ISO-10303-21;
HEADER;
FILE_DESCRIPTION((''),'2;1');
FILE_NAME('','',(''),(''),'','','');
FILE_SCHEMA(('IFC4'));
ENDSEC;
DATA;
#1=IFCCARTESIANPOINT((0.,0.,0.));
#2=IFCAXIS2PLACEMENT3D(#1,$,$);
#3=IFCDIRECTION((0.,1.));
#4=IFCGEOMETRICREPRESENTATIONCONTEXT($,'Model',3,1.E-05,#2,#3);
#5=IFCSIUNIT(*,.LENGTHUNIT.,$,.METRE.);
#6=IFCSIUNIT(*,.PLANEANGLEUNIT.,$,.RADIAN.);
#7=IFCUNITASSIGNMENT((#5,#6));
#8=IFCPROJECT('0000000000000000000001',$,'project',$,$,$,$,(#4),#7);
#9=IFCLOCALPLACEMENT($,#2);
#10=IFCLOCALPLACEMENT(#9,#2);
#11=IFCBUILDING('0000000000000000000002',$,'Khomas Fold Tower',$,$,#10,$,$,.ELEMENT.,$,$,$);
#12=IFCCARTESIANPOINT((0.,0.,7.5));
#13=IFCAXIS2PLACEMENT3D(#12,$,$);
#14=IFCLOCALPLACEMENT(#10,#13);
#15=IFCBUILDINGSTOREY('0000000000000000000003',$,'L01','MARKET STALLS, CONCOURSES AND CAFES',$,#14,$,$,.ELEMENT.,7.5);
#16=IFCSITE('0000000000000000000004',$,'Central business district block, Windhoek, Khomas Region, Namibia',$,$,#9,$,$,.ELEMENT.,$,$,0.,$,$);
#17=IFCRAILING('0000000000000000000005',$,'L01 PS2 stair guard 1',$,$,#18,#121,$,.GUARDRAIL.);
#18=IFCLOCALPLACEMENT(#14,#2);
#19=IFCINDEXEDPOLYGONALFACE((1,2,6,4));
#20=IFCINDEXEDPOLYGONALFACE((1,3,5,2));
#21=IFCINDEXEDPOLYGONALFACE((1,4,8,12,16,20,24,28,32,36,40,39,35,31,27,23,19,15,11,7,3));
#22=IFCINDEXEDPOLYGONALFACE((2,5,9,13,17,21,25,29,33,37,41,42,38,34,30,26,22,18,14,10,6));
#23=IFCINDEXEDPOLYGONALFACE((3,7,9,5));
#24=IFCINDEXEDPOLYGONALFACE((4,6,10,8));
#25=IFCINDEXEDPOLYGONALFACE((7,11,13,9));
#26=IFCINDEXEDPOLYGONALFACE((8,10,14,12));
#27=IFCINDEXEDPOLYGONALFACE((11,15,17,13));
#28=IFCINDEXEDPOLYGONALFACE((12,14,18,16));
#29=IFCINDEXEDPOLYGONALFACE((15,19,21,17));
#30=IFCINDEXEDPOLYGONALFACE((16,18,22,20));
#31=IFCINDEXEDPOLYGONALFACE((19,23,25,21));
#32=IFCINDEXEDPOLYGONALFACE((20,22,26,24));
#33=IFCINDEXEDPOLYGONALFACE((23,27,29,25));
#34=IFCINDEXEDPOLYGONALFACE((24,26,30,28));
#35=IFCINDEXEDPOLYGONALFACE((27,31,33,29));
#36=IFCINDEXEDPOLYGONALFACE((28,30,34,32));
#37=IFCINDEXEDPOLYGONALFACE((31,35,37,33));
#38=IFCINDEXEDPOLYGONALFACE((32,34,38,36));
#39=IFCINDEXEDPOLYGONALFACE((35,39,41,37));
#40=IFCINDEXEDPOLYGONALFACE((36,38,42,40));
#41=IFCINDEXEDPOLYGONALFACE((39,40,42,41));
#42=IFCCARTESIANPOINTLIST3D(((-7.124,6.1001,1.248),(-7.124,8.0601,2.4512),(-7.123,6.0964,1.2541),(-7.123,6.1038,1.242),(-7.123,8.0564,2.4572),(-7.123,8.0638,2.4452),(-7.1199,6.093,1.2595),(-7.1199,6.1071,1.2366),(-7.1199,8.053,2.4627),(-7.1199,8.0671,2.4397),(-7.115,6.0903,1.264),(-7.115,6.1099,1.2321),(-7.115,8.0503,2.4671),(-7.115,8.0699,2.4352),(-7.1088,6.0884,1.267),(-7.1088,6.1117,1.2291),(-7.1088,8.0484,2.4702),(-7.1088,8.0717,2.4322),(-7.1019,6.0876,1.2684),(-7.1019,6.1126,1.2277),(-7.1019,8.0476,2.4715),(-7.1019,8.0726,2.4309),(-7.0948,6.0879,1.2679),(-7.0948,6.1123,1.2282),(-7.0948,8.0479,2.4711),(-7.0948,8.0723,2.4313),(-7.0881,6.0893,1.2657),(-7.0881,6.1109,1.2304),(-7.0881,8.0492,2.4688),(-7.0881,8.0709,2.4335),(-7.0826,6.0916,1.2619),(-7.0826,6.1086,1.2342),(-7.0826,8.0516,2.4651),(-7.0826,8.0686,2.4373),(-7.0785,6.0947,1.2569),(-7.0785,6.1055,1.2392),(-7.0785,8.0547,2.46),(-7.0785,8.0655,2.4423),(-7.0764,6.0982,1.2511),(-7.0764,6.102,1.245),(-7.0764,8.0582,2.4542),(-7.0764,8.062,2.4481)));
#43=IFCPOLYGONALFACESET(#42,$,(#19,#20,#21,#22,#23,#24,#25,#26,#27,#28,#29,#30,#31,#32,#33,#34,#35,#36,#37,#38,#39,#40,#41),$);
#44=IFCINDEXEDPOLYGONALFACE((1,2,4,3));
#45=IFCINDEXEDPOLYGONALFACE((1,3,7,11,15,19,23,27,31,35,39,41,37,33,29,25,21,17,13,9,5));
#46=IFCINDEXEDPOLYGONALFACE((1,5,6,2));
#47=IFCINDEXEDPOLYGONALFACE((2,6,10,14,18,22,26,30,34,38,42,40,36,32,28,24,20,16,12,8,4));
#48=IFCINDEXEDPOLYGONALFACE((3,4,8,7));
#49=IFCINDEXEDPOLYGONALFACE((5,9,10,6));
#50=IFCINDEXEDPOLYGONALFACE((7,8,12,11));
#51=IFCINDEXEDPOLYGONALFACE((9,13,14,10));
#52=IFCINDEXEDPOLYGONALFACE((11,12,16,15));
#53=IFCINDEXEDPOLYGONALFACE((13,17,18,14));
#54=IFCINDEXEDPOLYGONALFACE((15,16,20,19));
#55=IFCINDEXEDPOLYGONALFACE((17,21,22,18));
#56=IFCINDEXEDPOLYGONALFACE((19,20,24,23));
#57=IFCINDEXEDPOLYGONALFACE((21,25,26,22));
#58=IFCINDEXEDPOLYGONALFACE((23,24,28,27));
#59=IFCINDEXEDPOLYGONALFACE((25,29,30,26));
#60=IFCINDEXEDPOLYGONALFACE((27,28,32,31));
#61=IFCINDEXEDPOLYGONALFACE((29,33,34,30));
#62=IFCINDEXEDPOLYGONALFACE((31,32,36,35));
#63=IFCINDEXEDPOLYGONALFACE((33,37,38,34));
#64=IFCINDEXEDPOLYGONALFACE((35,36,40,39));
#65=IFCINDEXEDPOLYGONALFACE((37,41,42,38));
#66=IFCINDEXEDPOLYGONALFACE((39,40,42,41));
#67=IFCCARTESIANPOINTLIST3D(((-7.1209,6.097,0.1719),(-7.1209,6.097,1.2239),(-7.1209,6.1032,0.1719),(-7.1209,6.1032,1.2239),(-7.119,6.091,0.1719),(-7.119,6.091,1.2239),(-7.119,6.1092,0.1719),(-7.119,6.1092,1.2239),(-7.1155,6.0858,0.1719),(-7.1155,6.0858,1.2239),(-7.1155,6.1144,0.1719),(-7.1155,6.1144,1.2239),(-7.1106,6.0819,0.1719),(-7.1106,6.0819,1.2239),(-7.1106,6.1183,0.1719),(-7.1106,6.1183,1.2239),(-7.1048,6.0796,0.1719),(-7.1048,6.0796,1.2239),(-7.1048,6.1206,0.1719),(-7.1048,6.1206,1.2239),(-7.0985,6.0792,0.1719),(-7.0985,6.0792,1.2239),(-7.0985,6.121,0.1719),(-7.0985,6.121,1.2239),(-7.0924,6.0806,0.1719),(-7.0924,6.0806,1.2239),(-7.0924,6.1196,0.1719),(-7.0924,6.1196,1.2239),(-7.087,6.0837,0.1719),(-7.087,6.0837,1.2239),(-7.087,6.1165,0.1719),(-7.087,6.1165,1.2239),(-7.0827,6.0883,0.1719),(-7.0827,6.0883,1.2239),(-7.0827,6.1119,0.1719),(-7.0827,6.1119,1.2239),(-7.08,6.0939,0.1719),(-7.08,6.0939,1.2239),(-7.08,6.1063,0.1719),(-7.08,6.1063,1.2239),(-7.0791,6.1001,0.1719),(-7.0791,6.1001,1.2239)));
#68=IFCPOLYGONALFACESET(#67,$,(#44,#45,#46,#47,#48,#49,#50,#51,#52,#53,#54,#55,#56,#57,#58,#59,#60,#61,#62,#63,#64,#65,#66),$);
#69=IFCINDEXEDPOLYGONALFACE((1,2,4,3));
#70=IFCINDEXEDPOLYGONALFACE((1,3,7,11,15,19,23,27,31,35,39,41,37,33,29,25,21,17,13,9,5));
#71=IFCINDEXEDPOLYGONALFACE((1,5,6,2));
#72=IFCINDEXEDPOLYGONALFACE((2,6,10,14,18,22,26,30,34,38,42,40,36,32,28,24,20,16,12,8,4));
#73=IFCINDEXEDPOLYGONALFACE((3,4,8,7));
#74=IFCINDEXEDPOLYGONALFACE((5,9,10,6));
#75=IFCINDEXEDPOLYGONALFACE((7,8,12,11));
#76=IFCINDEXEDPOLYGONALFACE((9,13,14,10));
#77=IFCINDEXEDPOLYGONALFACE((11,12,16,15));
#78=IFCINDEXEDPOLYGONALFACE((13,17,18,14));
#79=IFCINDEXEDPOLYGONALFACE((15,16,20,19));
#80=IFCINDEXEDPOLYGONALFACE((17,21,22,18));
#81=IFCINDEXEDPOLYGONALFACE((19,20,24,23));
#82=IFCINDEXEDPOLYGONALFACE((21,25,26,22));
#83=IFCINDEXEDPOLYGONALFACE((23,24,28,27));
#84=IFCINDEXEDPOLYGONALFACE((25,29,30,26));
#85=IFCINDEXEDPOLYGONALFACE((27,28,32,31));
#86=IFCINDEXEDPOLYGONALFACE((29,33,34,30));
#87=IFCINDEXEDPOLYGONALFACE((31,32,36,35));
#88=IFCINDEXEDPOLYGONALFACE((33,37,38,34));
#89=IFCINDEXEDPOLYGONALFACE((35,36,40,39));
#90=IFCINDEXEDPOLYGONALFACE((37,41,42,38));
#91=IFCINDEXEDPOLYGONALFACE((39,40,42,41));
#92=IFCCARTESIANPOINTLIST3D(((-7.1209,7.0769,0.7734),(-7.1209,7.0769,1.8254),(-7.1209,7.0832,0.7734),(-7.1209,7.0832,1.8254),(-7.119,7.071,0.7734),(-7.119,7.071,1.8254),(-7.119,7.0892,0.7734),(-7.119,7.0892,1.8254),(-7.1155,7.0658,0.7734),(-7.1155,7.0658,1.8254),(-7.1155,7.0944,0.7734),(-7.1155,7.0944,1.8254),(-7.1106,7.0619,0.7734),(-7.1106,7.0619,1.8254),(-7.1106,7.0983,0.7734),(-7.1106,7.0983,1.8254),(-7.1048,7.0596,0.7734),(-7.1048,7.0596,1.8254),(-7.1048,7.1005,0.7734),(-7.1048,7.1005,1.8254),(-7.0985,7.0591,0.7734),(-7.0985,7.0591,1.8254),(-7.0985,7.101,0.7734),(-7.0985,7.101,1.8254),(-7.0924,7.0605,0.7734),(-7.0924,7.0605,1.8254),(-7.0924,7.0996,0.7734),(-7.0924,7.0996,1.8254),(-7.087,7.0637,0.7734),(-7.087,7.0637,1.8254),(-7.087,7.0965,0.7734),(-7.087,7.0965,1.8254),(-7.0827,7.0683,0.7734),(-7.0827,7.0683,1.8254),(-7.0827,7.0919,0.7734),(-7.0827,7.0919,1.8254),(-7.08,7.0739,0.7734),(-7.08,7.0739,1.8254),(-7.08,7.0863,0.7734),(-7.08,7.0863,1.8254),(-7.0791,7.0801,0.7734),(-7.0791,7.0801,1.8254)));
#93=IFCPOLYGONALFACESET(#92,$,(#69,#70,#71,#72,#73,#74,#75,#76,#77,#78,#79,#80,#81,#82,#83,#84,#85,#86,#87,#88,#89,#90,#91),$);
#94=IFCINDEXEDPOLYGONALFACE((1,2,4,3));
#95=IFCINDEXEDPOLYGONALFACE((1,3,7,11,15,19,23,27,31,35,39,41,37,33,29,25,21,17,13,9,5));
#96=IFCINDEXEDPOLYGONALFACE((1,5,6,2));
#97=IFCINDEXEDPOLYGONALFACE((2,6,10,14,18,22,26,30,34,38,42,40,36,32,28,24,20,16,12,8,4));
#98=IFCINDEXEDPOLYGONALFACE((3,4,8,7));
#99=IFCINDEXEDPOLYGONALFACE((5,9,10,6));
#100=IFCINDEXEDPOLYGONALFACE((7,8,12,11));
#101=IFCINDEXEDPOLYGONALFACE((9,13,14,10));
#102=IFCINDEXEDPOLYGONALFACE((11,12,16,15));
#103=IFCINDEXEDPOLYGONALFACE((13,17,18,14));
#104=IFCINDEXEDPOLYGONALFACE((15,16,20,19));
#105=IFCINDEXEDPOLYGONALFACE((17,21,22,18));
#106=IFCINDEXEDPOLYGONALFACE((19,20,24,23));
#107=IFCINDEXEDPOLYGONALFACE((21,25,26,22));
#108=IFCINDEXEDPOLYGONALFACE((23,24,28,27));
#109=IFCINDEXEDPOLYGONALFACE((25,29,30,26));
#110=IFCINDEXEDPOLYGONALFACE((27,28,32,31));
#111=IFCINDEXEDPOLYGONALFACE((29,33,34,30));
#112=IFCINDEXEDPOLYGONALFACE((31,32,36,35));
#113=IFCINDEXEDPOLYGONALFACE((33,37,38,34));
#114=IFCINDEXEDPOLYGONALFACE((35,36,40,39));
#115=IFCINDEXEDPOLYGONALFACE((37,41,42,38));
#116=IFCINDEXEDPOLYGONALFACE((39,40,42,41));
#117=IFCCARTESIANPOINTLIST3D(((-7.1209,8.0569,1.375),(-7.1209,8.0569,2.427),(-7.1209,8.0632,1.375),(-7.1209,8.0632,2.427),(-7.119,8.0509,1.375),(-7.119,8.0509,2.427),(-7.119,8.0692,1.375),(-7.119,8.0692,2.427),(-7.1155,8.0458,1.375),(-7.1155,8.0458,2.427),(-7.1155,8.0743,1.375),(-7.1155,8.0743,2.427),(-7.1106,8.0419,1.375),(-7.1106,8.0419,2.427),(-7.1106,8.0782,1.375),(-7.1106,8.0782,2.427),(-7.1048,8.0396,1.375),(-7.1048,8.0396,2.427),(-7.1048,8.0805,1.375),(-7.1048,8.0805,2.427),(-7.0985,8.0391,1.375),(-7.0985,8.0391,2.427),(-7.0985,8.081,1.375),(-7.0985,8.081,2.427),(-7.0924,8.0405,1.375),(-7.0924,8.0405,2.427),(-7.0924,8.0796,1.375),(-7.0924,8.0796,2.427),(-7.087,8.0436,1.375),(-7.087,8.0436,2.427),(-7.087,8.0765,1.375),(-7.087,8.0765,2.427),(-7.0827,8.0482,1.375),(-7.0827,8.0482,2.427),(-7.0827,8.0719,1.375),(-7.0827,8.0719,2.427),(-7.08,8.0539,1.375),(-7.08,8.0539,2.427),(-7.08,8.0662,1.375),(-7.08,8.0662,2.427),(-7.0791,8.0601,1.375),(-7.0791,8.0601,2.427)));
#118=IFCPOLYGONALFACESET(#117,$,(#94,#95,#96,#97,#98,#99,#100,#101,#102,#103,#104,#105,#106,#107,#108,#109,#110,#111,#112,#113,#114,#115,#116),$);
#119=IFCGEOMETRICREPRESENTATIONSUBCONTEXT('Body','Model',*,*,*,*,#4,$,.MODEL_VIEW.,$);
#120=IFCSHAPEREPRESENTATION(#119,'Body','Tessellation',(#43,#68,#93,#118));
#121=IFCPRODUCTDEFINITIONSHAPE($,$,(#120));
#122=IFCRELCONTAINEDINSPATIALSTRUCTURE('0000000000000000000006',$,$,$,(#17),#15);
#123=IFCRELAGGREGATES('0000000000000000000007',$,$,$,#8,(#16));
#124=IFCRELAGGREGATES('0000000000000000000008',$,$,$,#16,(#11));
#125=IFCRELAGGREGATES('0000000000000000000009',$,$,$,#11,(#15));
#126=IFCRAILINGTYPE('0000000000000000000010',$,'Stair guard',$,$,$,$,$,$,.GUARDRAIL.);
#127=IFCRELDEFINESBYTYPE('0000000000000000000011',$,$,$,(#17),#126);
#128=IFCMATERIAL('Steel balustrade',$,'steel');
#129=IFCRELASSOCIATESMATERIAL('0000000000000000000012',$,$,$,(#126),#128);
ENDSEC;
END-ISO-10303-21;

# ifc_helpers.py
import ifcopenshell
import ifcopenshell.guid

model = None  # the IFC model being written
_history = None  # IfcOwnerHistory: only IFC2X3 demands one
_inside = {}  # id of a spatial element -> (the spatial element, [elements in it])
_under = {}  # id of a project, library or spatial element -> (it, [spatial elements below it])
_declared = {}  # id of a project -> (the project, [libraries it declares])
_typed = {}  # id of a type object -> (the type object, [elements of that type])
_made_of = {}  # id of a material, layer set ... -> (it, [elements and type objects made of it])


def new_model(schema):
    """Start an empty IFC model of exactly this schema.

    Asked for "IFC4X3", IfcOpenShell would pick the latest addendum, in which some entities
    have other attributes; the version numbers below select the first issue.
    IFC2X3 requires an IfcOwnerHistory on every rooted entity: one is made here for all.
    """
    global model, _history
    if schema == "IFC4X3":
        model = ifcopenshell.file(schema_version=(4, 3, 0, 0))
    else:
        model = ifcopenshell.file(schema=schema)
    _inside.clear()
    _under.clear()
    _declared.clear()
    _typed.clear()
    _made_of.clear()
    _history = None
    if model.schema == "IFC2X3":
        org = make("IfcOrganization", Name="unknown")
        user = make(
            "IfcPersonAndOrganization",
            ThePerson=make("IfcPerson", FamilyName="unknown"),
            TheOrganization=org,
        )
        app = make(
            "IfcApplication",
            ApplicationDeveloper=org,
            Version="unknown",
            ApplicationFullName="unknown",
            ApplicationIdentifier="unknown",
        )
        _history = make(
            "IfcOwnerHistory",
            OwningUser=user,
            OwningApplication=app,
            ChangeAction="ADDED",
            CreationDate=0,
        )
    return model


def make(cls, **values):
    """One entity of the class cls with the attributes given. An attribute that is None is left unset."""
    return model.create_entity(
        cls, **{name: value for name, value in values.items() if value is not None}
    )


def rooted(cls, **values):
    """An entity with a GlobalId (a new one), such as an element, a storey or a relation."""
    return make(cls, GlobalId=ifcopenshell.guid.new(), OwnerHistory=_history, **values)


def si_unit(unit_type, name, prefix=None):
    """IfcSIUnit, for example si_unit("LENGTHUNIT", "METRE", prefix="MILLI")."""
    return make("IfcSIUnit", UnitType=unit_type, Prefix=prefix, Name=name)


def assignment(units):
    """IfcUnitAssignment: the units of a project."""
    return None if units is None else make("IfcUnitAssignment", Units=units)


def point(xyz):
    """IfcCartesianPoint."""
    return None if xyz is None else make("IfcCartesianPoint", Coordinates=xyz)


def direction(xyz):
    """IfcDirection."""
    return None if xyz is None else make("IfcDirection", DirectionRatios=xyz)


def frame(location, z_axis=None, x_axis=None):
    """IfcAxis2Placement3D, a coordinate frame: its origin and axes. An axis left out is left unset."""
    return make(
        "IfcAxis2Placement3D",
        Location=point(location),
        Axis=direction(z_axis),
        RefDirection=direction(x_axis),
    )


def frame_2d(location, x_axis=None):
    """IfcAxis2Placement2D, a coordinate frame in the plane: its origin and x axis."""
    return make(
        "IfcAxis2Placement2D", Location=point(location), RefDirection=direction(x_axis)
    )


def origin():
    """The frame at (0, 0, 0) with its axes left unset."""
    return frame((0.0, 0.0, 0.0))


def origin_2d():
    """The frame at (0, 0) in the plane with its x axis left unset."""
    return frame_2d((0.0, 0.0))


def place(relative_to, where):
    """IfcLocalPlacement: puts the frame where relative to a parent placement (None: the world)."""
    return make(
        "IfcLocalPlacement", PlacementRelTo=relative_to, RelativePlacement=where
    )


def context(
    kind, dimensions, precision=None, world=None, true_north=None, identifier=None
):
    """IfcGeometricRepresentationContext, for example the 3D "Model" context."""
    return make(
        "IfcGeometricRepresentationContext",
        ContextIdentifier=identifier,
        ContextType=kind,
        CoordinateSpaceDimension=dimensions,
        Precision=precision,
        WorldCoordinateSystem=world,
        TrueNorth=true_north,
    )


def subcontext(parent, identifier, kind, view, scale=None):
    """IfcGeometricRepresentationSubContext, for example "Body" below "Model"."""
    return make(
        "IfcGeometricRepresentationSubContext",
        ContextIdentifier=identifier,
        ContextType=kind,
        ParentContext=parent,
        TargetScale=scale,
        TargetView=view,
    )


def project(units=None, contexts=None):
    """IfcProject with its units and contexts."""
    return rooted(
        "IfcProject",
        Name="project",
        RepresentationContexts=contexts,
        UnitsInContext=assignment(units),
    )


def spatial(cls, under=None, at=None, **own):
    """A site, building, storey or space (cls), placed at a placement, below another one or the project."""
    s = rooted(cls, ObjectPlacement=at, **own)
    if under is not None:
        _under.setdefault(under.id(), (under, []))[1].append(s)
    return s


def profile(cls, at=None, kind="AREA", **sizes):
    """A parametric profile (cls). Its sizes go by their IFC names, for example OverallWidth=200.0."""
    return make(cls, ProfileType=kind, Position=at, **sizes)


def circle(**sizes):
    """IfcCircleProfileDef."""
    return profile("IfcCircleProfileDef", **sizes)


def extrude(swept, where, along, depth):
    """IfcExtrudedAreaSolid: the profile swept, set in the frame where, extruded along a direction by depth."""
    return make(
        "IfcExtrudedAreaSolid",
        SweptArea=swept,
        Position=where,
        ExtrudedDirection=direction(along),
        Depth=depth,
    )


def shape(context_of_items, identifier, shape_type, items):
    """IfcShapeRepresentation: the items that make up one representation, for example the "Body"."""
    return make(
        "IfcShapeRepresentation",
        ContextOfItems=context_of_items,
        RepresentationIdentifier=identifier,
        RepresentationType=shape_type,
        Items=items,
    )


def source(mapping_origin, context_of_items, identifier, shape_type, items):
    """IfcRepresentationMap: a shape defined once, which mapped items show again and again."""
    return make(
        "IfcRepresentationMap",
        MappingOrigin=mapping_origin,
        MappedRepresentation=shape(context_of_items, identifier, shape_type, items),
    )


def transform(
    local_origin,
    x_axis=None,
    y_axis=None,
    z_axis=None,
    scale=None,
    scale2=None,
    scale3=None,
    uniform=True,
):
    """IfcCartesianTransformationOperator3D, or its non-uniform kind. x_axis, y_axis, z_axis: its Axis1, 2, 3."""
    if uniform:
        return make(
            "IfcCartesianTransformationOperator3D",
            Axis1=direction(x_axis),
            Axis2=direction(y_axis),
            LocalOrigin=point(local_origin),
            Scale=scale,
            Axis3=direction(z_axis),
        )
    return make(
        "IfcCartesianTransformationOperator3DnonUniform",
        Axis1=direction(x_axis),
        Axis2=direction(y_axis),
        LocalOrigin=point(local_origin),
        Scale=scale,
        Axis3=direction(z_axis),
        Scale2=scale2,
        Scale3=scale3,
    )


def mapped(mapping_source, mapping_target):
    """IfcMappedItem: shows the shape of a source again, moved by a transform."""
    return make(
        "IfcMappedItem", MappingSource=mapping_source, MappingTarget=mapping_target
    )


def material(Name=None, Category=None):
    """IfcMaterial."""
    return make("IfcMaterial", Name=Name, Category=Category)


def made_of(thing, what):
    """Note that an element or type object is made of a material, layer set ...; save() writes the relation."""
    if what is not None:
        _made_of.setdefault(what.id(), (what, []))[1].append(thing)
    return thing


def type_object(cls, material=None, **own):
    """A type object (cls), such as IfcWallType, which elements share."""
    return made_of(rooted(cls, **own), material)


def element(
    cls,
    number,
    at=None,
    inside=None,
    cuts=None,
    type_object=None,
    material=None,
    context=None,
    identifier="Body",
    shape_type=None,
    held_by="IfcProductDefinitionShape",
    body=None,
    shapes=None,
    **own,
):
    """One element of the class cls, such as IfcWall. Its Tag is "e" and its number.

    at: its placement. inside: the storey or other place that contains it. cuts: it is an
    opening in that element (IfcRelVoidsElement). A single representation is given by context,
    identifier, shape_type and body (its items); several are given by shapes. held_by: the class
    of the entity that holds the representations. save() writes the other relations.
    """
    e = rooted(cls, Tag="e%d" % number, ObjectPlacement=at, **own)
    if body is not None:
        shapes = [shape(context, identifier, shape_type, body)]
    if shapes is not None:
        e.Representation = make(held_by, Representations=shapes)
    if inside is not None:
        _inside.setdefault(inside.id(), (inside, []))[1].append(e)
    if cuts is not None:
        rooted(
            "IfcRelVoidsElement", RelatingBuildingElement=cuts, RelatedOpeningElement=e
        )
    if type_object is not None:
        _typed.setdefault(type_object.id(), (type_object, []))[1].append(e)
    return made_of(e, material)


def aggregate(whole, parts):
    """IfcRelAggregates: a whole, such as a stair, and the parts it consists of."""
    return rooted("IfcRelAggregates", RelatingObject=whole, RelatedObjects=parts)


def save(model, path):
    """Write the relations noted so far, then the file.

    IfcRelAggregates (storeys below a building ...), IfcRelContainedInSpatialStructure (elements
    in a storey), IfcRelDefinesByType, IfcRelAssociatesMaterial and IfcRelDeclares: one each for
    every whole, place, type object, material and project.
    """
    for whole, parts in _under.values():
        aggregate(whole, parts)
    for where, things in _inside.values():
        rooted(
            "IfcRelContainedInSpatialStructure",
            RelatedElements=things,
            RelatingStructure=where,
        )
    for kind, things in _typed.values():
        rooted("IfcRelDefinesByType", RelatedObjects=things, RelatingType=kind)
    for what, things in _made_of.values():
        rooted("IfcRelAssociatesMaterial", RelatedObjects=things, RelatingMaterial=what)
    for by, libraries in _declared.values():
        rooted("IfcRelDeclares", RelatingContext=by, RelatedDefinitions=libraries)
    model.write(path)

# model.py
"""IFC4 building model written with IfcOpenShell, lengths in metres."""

from ifc_helpers import new_model, si_unit, direction, frame, origin, origin_2d, place, context, subcontext, project, spatial, circle, extrude, source, transform, mapped, material, type_object, element, save


model = new_model("IFC4")

# Units and contexts
model_context = context("Model", 3, precision=1e-05, world=origin(), true_north=direction((0.0, 1.0)))
body_context = subcontext(model_context, "Body", "Model", "MODEL_VIEW")
ifc_project = project(units=[si_unit("LENGTHUNIT", "METRE"), si_unit("PLANEANGLEUNIT", "RADIAN")], contexts=[model_context])

# Site, building, storey
site_placement = place(None, origin())
site = spatial("IfcSite", under=ifc_project, at=site_placement, Name="Central business district block, Windhoek, Khomas Region, Namibia", CompositionType="ELEMENT", RefElevation=0.0)
building_placement = place(site_placement, origin())
building = spatial("IfcBuilding", under=site, at=building_placement, Name="Khomas Fold Tower", CompositionType="ELEMENT")
storey_placement = place(building_placement, frame((0.0, 0.0, 7.5)))
storey = spatial("IfcBuildingStorey", under=building, at=storey_placement, Name="L01", Description="MARKET STALLS, CONCOURSES AND CAFES", CompositionType="ELEMENT", Elevation=7.5)

# Railing
ifc_material_1 = material(Name="Steel balustrade", Category="steel")
railing_type_1 = type_object("IfcRailingType", Name="Stair guard", PredefinedType="GUARDRAIL", material=ifc_material_1)
shared_shape_1 = source(origin(), body_context, "Body", "SweptSolid", [
    extrude(circle(Radius=0.0239, at=origin_2d()), frame((0.0, 0.0, 1.0762), z_axis=(0.0, 0.852241, 0.523149), x_axis=(-1.0, 0.0, 0.0)), (0.0, 0.0, 1.0), 2.2998),
    extrude(circle(Radius=0.021, at=origin_2d()), origin(), (0.0, 0.0, 1.0), 1.052),
    extrude(circle(Radius=0.021, at=origin_2d()), frame((0.0, 0.98, 0.6016)), (0.0, 0.0, 1.0), 1.052),
    extrude(circle(Radius=0.021, at=origin_2d()), frame((0.0, 1.96, 1.2031)), (0.0, 0.0, 1.0), 1.052),
])
for number, where, name in (
    (1, (-7.1001, 6.1001, 0.1719), "L01 PS2 stair guard 1"),
):
    element("IfcRailing", number, at=place(storey_placement, frame(where)), inside=storey, type_object=railing_type_1, Name=name, PredefinedType="GUARDRAIL", context=body_context, shape_type="MappedRepresentation", body=[
        mapped(shared_shape_1, transform((0.0, 0.0, 0.0))),
    ])

save(model, "model.ifc")
